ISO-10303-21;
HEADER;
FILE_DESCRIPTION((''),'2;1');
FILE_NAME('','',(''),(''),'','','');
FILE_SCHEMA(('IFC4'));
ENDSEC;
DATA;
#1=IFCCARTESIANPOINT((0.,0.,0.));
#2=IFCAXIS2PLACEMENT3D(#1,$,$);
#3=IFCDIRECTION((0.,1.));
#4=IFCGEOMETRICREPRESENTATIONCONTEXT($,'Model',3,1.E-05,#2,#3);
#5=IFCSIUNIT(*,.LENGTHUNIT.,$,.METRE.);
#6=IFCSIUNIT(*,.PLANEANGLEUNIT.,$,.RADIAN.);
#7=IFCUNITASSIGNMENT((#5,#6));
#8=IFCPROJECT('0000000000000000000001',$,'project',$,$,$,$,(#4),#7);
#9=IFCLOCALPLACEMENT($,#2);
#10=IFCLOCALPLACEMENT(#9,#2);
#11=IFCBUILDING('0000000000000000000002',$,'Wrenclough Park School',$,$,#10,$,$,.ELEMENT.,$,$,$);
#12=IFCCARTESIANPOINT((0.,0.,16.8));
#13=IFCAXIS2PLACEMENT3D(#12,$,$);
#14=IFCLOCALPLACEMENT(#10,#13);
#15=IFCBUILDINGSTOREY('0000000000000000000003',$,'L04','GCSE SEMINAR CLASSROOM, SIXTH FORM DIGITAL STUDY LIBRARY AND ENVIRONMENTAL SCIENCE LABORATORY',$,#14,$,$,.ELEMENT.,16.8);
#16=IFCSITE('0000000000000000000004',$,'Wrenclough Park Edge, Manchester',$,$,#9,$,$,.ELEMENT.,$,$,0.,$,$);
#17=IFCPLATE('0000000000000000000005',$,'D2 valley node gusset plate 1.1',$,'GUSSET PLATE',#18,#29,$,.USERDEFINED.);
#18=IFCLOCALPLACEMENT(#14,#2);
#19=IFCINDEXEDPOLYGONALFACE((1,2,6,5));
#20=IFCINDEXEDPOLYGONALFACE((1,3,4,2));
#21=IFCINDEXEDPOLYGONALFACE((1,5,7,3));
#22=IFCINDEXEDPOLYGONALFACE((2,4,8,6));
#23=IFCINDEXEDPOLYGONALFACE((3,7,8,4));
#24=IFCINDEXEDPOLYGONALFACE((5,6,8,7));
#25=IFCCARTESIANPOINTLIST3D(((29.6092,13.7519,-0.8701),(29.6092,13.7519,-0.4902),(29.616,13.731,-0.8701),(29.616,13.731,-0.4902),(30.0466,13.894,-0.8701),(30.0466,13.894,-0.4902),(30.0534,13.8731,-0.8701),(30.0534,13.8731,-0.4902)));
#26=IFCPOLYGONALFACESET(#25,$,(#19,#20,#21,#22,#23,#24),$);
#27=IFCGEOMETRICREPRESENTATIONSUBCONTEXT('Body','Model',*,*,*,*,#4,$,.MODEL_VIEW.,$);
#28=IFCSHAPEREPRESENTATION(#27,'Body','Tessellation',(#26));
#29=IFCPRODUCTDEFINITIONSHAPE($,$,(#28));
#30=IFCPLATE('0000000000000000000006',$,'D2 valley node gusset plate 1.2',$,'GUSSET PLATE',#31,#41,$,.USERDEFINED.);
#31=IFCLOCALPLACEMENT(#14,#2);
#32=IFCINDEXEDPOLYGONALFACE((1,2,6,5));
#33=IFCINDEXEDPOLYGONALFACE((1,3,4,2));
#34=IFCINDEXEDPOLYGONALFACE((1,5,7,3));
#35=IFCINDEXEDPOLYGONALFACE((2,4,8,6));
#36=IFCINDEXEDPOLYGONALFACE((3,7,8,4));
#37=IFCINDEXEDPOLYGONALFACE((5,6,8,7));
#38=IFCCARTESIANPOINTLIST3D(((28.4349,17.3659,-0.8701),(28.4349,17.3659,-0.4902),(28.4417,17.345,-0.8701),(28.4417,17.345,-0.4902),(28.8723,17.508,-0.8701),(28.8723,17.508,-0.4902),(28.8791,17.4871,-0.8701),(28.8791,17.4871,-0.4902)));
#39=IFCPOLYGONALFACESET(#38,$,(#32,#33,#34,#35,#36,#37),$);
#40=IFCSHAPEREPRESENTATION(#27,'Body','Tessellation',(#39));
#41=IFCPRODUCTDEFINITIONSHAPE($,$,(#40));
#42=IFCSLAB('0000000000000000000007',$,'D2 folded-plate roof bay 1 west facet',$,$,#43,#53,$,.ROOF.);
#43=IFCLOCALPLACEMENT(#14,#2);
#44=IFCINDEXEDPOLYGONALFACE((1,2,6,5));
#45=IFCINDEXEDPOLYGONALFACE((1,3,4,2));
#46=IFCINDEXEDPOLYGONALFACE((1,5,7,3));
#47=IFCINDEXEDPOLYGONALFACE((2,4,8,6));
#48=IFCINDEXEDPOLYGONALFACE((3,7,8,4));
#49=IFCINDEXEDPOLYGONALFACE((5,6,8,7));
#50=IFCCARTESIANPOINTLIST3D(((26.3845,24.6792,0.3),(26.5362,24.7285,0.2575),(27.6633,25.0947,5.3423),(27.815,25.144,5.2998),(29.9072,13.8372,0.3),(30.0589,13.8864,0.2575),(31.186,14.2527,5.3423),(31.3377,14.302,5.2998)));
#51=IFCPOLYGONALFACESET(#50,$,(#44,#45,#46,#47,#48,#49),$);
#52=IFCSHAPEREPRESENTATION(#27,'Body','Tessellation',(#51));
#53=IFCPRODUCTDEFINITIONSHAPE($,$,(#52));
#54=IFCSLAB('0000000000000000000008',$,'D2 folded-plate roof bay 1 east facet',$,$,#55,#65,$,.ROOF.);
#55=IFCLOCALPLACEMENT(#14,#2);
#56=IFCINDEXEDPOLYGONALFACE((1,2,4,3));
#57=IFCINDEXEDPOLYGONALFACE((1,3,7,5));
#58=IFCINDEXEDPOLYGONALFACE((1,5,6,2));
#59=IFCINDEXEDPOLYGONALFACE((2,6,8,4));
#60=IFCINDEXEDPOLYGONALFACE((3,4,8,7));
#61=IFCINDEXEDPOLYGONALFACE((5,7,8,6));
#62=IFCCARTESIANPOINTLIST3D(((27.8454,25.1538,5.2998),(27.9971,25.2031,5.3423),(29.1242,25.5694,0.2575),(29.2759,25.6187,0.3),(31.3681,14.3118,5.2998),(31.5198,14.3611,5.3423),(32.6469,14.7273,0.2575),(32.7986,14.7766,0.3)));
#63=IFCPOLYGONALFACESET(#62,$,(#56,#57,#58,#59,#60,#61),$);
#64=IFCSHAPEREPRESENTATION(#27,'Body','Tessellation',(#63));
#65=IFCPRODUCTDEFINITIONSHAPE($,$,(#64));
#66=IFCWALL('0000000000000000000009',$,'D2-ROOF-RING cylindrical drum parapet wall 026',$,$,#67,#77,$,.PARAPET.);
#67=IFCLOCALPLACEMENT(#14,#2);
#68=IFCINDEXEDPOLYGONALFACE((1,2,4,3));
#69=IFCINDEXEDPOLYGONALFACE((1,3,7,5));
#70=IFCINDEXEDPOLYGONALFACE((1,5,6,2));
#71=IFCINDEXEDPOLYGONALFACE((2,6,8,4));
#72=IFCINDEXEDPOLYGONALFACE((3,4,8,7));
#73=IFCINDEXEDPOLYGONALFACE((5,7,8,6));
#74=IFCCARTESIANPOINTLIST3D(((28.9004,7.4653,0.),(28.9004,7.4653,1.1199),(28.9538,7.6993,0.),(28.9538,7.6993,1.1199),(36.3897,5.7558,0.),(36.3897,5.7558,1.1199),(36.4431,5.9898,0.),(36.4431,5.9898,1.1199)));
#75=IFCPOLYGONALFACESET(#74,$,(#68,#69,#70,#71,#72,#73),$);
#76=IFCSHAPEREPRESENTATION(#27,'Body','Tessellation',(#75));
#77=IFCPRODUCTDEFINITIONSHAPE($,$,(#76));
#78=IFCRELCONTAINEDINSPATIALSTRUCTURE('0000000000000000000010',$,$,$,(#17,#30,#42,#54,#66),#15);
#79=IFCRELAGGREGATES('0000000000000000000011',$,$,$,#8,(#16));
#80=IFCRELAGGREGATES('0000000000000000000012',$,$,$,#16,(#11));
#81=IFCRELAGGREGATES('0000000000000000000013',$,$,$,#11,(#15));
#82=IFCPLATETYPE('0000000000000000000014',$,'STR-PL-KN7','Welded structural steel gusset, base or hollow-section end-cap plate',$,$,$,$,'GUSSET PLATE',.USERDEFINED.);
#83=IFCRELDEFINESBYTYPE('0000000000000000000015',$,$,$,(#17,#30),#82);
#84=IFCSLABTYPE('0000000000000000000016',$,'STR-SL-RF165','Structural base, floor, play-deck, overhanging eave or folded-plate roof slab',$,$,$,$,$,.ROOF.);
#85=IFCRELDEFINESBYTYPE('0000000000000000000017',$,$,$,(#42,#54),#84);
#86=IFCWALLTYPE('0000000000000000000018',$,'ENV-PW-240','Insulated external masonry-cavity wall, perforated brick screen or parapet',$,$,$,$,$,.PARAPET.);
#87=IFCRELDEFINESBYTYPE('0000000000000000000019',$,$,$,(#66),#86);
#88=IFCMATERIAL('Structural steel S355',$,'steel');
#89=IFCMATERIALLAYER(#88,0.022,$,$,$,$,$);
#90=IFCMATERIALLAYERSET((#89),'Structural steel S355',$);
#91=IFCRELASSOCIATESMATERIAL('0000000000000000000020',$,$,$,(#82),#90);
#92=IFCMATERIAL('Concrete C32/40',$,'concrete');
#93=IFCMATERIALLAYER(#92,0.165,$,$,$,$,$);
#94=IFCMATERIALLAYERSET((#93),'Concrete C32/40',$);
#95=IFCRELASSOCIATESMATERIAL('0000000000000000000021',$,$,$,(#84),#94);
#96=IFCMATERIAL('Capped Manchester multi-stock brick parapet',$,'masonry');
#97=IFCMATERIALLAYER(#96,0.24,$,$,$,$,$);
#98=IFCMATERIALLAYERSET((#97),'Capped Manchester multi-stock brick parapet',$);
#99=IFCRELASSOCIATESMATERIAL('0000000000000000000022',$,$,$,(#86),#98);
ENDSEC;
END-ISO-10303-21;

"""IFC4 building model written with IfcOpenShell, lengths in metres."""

from ifc_helpers import new_model, si_unit, direction, frame, frame_2d, origin, origin_2d, place, context, subcontext, project, spatial, polyline, rectangle, outline, extrude, material, layer, layer_set, type_object, element, save


model = new_model("IFC4")

# Units and contexts
model_context = context("Model", 3, precision=1e-05, world=origin(), true_north=direction((0.0, 1.0)))
body_context = subcontext(model_context, "Body", "Model", "MODEL_VIEW")
ifc_project = project(units=[si_unit("LENGTHUNIT", "METRE"), si_unit("PLANEANGLEUNIT", "RADIAN")], contexts=[model_context])

# Site, building, storey
site_placement = place(None, origin())
site = spatial("IfcSite", under=ifc_project, at=site_placement, Name="Wrenclough Park Edge, Manchester", CompositionType="ELEMENT", RefElevation=0.0)
building_placement = place(site_placement, origin())
building = spatial("IfcBuilding", under=site, at=building_placement, Name="Wrenclough Park School", CompositionType="ELEMENT")
storey_placement = place(building_placement, frame((0.0, 0.0, 16.8)))
storey = spatial("IfcBuildingStorey", under=building, at=storey_placement, Name="L04", Description="GCSE SEMINAR CLASSROOM, SIXTH FORM DIGITAL STUDY LIBRARY AND ENVIRONMENTAL SCIENCE LABORATORY", CompositionType="ELEMENT", Elevation=16.8)

# Shared definitions
ifc_material_1 = material(Name="Structural steel S355", Category="steel")

# Plates
ifc_layer_1 = layer(ifc_material_1, 0.022)
ifc_layer_set_1 = layer_set([ifc_layer_1], Name="Structural steel S355")
plate_type_1 = type_object("IfcPlateType", Name="STR-PL-KN7", Description="Welded structural steel gusset, base or hollow-section end-cap plate", ElementType="GUSSET PLATE", PredefinedType="USERDEFINED", material=ifc_layer_set_1)
for number, where, z_axis, x_axis, name in (
    (1, (29.8313, 13.8125, -0.8701), (0.0, 0.0, 1.0), (0.951057, 0.309017, 0.0), "D2 valley node gusset plate 1.1"),
    (2, (28.657, 17.4265, -0.8701), (0.0, 0.0, 1.0), (0.951057, 0.309017, 0.0), "D2 valley node gusset plate 1.2"),
):
    element("IfcPlate", number, at=place(storey_placement, frame(where, z_axis=z_axis, x_axis=x_axis)), inside=storey, type_object=plate_type_1, Name=name, ObjectType="GUSSET PLATE", PredefinedType="USERDEFINED", context=body_context, shape_type="SweptSolid", body=[
        extrude(rectangle(XDim=0.46, YDim=0.022, at=origin_2d()), origin(), (0.0, 0.0, 1.0), 0.3799),
    ])

# Slabs
ifc_material_2 = material(Name="Concrete C32/40", Category="concrete")
ifc_layer_2 = layer(ifc_material_2, 0.165)
ifc_layer_set_2 = layer_set([ifc_layer_2], Name="Concrete C32/40")
slab_type = type_object("IfcSlabType", Name="STR-SL-RF165", Description="Structural base, floor, play-deck, overhanging eave or folded-plate roof slab", PredefinedType="ROOF", material=ifc_layer_set_2)
for number, where, z_axis, x_axis, name in (
    (3, (29.9072, 13.8372, 0.3), (-0.918945, -0.298576, 0.257668), (0.245056, 0.079627, 0.966234), "D2 folded-plate roof bay 1 west facet"),
    (4, (31.5198, 14.3611, 5.3423), (0.918945, 0.298576, 0.257668), (0.245056, 0.079627, -0.966234), "D2 folded-plate roof bay 1 east facet"),
):
    element("IfcSlab", number, at=place(storey_placement, frame(where, z_axis=z_axis, x_axis=x_axis)), inside=storey, type_object=slab_type, Name=name, PredefinedType="ROOF", context=body_context, shape_type="SweptSolid", body=[
        extrude(outline(polyline([(0.0, 0.0), (5.2184, 0.0), (5.2185, 11.4), (0.0001, 11.4), (0.0, 0.0)])), origin(), (0.0, 0.0, -1.0), 0.165),
    ])

# Wall
ifc_material_3 = material(Name="Capped Manchester multi-stock brick parapet", Category="masonry")
ifc_layer_3 = layer(ifc_material_3, 0.24)
ifc_layer_set_3 = layer_set([ifc_layer_3], Name="Capped Manchester multi-stock brick parapet")
wall_type = type_object("IfcWallType", Name="ENV-PW-240", Description="Insulated external masonry-cavity wall, perforated brick screen or parapet", PredefinedType="PARAPET", material=ifc_layer_set_3)
wall_placement = place(storey_placement, frame((28.9272, 7.5823, 0.0), z_axis=(0.0, 0.0, 1.0), x_axis=(0.974925, -0.222533, 0.0)))
element("IfcWall", 5, at=wall_placement, inside=storey, type_object=wall_type, Name="D2-ROOF-RING cylindrical drum parapet wall 026", PredefinedType="PARAPET", context=body_context, shape_type="SweptSolid", body=[
    extrude(rectangle(XDim=7.6819, YDim=0.24, at=frame_2d((3.8408, 0.0))), origin(), (0.0, 0.0, 1.0), 1.1199),
])

save(model, "model.ifc")
